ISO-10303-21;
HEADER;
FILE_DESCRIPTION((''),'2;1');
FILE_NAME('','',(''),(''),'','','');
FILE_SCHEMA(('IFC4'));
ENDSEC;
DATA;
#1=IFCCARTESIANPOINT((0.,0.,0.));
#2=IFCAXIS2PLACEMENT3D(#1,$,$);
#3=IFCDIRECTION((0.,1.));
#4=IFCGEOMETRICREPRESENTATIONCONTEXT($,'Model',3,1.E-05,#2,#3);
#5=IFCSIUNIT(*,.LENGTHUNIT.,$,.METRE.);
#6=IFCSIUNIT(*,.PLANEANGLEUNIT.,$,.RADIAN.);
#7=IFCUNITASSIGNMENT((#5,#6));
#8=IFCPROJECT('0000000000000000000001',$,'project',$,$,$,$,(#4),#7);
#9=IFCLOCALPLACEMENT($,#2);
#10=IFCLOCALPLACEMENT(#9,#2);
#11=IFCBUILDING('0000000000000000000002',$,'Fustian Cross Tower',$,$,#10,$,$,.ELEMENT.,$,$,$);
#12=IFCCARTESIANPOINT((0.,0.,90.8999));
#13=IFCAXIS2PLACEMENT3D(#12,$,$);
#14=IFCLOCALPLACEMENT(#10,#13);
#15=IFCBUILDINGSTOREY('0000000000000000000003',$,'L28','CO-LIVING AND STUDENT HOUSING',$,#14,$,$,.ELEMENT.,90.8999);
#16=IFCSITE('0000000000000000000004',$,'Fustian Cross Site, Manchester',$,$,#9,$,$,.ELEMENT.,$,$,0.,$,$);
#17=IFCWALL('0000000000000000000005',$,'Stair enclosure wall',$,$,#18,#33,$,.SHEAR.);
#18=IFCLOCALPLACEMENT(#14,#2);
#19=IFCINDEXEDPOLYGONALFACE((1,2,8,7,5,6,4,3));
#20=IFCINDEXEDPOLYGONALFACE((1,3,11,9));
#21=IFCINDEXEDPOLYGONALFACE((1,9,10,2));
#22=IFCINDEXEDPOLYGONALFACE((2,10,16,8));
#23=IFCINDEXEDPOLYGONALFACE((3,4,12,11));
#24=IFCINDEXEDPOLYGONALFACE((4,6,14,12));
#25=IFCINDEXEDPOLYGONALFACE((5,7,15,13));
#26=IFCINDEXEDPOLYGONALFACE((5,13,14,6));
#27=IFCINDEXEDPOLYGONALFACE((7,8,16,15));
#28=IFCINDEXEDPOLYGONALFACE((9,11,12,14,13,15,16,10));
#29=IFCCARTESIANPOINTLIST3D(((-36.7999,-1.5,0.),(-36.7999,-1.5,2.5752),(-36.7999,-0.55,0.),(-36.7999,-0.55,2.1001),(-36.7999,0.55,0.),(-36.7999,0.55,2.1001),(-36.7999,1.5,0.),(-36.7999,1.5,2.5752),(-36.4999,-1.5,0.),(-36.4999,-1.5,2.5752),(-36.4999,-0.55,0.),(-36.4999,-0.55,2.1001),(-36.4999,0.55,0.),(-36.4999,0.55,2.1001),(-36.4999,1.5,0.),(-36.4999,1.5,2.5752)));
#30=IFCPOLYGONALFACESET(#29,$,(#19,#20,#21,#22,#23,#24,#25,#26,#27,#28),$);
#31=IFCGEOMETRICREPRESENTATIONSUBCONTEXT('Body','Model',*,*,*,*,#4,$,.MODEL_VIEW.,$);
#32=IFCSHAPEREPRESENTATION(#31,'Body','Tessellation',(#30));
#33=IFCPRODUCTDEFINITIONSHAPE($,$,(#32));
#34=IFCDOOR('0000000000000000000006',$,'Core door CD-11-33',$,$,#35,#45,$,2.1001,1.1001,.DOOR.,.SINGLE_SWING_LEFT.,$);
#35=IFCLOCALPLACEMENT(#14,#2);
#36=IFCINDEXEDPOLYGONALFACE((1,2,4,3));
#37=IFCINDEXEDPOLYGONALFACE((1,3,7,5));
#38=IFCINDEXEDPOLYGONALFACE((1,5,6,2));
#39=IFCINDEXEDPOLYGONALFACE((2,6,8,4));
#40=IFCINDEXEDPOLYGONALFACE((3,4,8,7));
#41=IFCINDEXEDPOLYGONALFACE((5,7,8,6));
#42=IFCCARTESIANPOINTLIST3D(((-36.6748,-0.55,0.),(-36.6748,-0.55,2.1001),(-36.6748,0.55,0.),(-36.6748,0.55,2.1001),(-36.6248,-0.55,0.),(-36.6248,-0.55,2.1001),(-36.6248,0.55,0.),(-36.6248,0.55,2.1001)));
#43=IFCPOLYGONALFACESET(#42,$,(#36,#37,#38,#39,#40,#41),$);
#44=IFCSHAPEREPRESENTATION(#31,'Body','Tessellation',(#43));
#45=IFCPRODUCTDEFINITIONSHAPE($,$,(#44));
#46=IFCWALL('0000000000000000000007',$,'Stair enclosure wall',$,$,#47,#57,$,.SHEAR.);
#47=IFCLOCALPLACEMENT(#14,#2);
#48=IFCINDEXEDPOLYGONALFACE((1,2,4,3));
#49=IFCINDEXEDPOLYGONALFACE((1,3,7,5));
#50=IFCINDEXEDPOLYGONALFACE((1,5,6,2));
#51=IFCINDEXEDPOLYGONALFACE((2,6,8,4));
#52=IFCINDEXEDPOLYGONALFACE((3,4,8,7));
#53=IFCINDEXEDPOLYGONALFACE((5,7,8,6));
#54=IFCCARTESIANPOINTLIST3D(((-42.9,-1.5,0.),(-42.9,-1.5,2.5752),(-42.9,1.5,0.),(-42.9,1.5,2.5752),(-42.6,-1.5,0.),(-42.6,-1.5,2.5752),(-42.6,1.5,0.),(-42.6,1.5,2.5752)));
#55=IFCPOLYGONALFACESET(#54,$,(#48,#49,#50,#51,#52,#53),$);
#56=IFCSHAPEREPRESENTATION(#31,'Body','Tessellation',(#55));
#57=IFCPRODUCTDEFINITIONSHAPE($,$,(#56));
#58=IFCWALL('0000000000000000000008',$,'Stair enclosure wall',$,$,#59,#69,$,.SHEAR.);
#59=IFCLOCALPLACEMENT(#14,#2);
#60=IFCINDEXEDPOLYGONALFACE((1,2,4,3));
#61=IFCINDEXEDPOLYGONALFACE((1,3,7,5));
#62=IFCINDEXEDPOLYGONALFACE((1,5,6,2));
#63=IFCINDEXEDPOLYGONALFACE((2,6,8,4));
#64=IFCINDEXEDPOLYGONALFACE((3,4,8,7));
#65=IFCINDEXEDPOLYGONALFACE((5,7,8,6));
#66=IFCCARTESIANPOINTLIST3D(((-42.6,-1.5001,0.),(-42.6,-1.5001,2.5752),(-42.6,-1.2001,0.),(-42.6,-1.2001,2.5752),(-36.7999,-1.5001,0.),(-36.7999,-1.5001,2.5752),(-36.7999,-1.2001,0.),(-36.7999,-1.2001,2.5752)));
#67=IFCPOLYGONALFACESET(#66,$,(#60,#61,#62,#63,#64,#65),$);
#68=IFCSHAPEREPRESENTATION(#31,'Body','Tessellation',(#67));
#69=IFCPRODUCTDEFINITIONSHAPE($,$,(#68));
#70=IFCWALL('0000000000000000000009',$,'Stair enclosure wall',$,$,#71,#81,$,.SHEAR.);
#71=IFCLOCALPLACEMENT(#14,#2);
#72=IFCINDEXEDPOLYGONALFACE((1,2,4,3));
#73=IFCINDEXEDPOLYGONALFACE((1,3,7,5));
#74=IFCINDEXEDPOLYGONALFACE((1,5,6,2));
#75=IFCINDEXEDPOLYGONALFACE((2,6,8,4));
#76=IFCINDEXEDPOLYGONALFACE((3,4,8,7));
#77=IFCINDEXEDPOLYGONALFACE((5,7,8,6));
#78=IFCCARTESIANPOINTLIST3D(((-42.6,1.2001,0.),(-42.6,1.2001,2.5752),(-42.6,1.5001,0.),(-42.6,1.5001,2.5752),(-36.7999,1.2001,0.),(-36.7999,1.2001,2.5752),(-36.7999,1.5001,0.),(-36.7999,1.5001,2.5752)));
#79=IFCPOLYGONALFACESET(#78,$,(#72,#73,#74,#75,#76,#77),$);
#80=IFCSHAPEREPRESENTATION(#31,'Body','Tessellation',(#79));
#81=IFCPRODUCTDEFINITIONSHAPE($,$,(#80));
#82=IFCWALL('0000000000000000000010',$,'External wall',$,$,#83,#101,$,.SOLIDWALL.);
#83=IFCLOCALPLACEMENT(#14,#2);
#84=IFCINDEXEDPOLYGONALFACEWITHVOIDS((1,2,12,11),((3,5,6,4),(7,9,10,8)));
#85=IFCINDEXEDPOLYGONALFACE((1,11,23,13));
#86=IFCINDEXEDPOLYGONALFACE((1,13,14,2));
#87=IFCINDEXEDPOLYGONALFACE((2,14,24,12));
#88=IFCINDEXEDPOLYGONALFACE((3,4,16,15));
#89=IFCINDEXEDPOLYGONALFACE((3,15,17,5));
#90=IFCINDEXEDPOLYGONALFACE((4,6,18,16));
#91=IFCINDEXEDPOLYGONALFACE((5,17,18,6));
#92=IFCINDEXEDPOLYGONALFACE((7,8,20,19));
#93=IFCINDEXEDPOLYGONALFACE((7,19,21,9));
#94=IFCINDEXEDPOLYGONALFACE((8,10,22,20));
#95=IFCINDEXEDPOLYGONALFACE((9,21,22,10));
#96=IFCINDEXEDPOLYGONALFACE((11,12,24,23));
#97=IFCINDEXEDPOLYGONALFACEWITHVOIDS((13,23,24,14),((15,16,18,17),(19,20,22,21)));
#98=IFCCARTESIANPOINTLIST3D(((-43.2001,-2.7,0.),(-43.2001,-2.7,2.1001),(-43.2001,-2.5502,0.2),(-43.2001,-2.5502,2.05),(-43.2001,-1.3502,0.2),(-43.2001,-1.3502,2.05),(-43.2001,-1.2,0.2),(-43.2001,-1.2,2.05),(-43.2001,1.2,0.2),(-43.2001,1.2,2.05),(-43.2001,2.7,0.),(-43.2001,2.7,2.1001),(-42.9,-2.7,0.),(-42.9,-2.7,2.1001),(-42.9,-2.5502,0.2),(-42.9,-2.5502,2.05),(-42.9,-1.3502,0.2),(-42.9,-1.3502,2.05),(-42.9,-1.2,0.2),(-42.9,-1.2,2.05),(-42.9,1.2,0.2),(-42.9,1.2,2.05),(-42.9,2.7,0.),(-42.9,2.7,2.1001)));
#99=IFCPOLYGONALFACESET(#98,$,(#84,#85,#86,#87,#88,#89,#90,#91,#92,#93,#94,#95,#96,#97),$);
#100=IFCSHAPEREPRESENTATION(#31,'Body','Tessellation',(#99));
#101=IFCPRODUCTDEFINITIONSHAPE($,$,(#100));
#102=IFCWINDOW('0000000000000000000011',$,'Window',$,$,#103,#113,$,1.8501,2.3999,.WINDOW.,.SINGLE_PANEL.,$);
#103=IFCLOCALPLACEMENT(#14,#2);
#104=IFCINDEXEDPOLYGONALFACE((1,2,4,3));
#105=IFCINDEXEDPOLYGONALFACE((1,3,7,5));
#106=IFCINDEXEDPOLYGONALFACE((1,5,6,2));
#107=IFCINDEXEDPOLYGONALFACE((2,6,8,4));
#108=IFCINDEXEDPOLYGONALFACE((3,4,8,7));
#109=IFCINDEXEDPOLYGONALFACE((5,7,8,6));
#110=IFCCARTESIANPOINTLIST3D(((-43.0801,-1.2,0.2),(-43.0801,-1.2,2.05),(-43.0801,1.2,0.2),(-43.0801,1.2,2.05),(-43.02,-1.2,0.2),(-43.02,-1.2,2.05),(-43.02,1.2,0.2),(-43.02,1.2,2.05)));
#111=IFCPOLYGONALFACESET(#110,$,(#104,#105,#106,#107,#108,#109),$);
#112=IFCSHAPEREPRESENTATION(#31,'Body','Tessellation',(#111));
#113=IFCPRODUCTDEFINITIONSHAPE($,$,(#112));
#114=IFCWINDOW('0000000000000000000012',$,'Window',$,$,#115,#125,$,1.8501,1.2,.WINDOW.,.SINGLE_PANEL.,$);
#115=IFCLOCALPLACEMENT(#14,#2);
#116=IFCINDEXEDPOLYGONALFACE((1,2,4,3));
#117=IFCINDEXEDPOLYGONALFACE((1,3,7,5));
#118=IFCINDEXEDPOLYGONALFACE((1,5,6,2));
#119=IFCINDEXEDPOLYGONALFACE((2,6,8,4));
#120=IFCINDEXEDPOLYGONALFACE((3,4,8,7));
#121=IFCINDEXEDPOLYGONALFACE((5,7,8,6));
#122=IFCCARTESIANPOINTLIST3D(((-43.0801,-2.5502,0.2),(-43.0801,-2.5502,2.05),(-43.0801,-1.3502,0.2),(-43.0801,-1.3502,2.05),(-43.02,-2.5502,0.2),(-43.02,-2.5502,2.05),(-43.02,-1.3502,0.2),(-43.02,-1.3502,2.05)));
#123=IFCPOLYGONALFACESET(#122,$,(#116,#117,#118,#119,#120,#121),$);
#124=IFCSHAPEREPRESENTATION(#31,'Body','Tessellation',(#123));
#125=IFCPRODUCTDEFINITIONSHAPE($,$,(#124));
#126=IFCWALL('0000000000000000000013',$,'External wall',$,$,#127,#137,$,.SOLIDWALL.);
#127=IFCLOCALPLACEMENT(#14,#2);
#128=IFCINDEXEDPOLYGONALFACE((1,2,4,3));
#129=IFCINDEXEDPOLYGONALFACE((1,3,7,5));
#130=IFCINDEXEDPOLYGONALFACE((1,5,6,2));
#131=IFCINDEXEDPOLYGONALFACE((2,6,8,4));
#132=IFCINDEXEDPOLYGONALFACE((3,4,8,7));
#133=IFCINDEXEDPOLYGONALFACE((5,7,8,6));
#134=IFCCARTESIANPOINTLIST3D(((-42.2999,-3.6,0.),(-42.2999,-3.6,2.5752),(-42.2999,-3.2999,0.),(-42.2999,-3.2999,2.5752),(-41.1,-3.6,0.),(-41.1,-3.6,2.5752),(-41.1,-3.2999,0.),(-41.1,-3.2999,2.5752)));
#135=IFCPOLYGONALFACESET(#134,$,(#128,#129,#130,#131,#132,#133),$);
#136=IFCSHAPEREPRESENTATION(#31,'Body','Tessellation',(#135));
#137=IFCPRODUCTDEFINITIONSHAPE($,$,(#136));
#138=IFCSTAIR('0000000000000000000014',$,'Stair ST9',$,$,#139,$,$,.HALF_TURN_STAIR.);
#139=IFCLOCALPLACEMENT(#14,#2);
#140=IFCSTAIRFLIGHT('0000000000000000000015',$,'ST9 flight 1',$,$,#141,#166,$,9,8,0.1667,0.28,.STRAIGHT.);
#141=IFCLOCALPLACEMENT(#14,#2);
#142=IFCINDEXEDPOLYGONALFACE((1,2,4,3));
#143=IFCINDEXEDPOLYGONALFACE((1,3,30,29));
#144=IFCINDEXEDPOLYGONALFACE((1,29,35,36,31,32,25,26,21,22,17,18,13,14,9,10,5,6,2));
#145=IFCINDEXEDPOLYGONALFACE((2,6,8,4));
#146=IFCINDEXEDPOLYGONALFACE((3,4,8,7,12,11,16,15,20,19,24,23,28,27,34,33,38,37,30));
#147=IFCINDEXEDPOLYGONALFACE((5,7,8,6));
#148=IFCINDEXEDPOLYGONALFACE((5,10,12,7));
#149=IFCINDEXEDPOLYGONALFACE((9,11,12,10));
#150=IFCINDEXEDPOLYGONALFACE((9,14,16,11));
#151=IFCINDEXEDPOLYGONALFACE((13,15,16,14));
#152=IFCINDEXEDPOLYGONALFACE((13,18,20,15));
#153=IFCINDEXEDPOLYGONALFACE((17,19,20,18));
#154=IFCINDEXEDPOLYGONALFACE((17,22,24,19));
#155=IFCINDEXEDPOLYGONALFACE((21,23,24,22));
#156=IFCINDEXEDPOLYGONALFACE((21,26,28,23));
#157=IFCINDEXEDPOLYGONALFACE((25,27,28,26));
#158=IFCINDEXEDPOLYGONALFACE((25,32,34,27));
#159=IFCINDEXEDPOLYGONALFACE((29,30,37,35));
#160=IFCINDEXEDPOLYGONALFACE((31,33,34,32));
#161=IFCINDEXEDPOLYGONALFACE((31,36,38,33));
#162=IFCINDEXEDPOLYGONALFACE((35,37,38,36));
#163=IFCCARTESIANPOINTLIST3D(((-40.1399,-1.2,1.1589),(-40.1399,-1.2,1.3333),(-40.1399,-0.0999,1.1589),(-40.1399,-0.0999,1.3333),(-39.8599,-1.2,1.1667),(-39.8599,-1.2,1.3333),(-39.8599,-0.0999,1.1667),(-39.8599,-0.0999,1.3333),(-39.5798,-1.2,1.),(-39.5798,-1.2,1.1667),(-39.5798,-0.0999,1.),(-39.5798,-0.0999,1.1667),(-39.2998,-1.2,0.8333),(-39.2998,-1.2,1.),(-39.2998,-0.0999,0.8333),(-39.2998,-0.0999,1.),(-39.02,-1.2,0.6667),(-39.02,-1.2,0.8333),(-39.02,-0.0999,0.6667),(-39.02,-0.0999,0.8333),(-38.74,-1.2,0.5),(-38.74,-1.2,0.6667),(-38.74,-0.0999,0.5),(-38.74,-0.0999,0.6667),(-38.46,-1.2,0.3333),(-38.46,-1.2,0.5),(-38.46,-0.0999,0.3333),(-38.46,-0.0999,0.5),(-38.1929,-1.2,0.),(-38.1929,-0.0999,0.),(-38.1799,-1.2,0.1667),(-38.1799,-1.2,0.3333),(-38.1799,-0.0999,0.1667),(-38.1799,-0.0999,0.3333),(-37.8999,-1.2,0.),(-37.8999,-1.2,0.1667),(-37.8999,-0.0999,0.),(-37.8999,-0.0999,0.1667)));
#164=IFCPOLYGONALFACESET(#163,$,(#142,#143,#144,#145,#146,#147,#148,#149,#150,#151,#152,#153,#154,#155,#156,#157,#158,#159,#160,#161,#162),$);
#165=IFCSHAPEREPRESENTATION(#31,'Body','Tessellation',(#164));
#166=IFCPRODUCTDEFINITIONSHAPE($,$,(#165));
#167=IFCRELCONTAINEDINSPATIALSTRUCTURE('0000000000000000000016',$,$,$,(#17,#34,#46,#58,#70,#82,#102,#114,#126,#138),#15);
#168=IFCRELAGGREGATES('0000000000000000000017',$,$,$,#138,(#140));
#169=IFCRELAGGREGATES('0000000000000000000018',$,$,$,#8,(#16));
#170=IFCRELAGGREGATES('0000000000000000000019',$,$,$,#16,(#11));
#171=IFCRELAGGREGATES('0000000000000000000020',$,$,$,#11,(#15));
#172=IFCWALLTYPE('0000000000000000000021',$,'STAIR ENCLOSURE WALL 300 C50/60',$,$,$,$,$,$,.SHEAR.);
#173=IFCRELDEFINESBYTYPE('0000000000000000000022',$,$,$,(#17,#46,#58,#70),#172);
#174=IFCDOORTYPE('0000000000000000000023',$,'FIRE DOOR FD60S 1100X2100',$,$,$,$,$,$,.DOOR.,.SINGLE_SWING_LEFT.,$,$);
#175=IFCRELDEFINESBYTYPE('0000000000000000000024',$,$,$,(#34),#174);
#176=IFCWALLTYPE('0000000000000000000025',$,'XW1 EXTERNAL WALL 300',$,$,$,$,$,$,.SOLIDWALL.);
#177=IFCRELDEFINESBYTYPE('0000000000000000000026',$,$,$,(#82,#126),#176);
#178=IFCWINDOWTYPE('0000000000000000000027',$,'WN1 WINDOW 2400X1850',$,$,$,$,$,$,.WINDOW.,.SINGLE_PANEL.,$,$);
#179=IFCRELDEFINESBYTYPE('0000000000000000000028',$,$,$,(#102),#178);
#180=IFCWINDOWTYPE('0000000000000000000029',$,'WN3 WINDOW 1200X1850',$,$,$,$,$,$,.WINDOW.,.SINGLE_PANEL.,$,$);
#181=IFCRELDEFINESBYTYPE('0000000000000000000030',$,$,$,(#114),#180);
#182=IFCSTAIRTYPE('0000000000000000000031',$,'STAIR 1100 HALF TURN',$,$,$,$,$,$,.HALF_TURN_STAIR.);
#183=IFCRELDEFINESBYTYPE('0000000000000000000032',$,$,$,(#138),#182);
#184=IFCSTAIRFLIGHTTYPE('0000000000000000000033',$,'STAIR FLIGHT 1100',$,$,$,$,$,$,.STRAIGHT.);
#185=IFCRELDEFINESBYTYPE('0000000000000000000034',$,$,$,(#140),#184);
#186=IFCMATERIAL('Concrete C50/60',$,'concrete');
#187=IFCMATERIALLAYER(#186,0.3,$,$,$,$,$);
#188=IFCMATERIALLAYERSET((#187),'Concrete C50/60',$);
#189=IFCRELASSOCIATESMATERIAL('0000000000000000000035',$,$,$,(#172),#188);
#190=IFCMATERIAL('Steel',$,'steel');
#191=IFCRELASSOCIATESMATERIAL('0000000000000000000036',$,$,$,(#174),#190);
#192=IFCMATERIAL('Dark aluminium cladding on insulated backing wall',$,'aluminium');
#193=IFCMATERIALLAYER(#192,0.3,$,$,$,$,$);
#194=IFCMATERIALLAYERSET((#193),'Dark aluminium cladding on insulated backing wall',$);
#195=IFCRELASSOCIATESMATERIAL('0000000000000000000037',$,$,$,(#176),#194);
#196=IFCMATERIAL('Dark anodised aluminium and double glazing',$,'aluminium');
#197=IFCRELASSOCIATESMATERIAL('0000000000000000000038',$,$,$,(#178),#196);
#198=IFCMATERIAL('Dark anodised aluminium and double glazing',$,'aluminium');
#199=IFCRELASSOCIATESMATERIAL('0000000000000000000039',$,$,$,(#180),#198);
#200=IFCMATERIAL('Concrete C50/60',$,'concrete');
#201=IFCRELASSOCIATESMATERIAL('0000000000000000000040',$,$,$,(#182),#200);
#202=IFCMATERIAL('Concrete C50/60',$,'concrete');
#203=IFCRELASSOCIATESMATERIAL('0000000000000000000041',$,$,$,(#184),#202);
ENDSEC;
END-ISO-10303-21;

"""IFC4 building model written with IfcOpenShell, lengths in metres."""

from ifc_helpers import new_model, si_unit, direction, frame, frame_2d, origin, place, context, subcontext, project, spatial, polyline, rectangle, outline, extrude, material, layer, layer_set, type_object, element, fill, aggregate, save


model = new_model("IFC4")

# Units and contexts
model_context = context("Model", 3, precision=1e-05, world=origin(), true_north=direction((0.0, 1.0)))
body_context = subcontext(model_context, "Body", "Model", "MODEL_VIEW")
ifc_project = project(units=[si_unit("LENGTHUNIT", "METRE"), si_unit("PLANEANGLEUNIT", "RADIAN")], contexts=[model_context])

# Site, building, storey
site_placement = place(None, origin())
site = spatial("IfcSite", under=ifc_project, at=site_placement, Name="Fustian Cross Site, Manchester", CompositionType="ELEMENT", RefElevation=0.0)
building_placement = place(site_placement, origin())
building = spatial("IfcBuilding", under=site, at=building_placement, Name="Fustian Cross Tower", CompositionType="ELEMENT")
storey_placement = place(building_placement, frame((0.0, 0.0, 90.8999)))
storey = spatial("IfcBuildingStorey", under=building, at=storey_placement, Name="L28", Description="CO-LIVING AND STUDENT HOUSING", CompositionType="ELEMENT", Elevation=90.8999)

# Wall, opening, door
ifc_material_1 = material(Name="Concrete C50/60", Category="concrete")
ifc_layer_1 = layer(ifc_material_1, 0.3)
ifc_layer_set_1 = layer_set([ifc_layer_1], Name="Concrete C50/60")
wall_type_1 = type_object("IfcWallType", Name="STAIR ENCLOSURE WALL 300 C50/60", PredefinedType="SHEAR", material=ifc_layer_set_1)
wall_1_placement = place(storey_placement, frame((-36.6499, -1.5, 0.0), z_axis=(0.0, 0.0, 1.0), x_axis=(0.0, 1.0, 0.0)))
wall_1 = element("IfcWall", 1, at=wall_1_placement, inside=storey, type_object=wall_type_1, Name="Stair enclosure wall", PredefinedType="SHEAR", context=body_context, shape_type="SweptSolid", body=[
    extrude(rectangle(XDim=3.0, YDim=0.3, at=frame_2d((1.5, 0.0))), origin(), (0.0, 0.0, 1.0), 2.5752),
])
opening_1_placement = place(wall_1_placement, frame((0.95, 0.0, 0.0)))
opening_1 = element("IfcOpeningElement", 2, at=opening_1_placement, cuts=wall_1, PredefinedType="OPENING", context=body_context, shape_type="SweptSolid", body=[
    extrude(rectangle(XDim=1.1001, YDim=2.1001, at=frame_2d((0.55, 1.05))), frame((0.0, 0.1599, 0.0), z_axis=(0.0, -1.0, 0.0), x_axis=(1.0, 0.0, 0.0)), (0.0, 0.0, 1.0), 0.3201),
])
ifc_material_2 = material(Name="Steel", Category="steel")
door_type_1 = type_object("IfcDoorType", Name="FIRE DOOR FD60S 1100X2100", OperationType="SINGLE_SWING_LEFT", PredefinedType="DOOR", material=ifc_material_2)
door_1_placement = place(opening_1_placement, origin())
door_1 = element("IfcDoor", 3, at=door_1_placement, inside=storey, type_object=door_type_1, Name="Core door CD-11-33", OperationType="SINGLE_SWING_LEFT", OverallHeight=2.1001, OverallWidth=1.1001, PredefinedType="DOOR", context=body_context, shape_type="SweptSolid", body=[
    extrude(rectangle(XDim=1.1001, YDim=2.1001, at=frame_2d((0.55, 1.05))), frame((0.0, 0.0249, 0.0), z_axis=(0.0, -1.0, 0.0), x_axis=(1.0, 0.0, 0.0)), (0.0, 0.0, 1.0), 0.05),
])
fill(opening_1, door_1)

# Walls
wall_2_placement = place(storey_placement, frame((-42.75, -1.5, 0.0), z_axis=(0.0, 0.0, 1.0), x_axis=(0.0, 1.0, 0.0)))
element("IfcWall", 4, at=wall_2_placement, inside=storey, type_object=wall_type_1, Name="Stair enclosure wall", PredefinedType="SHEAR", context=body_context, shape_type="SweptSolid", body=[
    extrude(rectangle(XDim=3.0, YDim=0.3, at=frame_2d((1.5, 0.0))), origin(), (0.0, 0.0, 1.0), 2.5752),
])
for number, where, z_axis, x_axis, name in (
    (5, (-36.8, -1.3501, 0.0), (0.0, 0.0, 1.0), (-1.0, 0.0, 0.0), "Stair enclosure wall"),
    (6, (-36.8, 1.3501, 0.0), (0.0, 0.0, 1.0), (-1.0, 0.0, 0.0), "Stair enclosure wall"),
):
    element("IfcWall", number, at=place(storey_placement, frame(where, z_axis=z_axis, x_axis=x_axis)), inside=storey, type_object=wall_type_1, Name=name, PredefinedType="SHEAR", context=body_context, shape_type="SweptSolid", body=[
        extrude(rectangle(XDim=5.8, YDim=0.3, at=frame_2d((2.8999, 0.0))), origin(), (0.0, 0.0, 1.0), 2.5752),
    ])

# Wall, openings, windows
ifc_material_3 = material(Name="Dark aluminium cladding on insulated backing wall", Category="aluminium")
ifc_layer_2 = layer(ifc_material_3, 0.3)
ifc_layer_set_2 = layer_set([ifc_layer_2], Name="Dark aluminium cladding on insulated backing wall")
wall_type_2 = type_object("IfcWallType", Name="XW1 EXTERNAL WALL 300", PredefinedType="SOLIDWALL", material=ifc_layer_set_2)
wall_3_placement = place(storey_placement, frame((-43.05, 2.7, 0.0), z_axis=(0.0, 0.0, 1.0), x_axis=(0.0, -1.0, 0.0)))
wall_3 = element("IfcWall", 7, at=wall_3_placement, inside=storey, type_object=wall_type_2, Name="External wall", PredefinedType="SOLIDWALL", context=body_context, shape_type="SweptSolid", body=[
    extrude(rectangle(XDim=5.3999, YDim=0.3, at=frame_2d((2.7, 0.0))), origin(), (0.0, 0.0, 1.0), 2.1001),
])
opening_2_placement = place(wall_3_placement, frame((1.5, 0.0, 0.2)))
opening_2 = element("IfcOpeningElement", 8, at=opening_2_placement, cuts=wall_3, PredefinedType="OPENING", context=body_context, shape_type="SweptSolid", body=[
    extrude(rectangle(XDim=2.3999, YDim=1.8501, at=frame_2d((1.2, 0.925))), frame((0.0, 0.1599, 0.0), z_axis=(0.0, -1.0, 0.0), x_axis=(1.0, 0.0, 0.0)), (0.0, 0.0, 1.0), 0.3201),
])
opening_3_placement = place(wall_3_placement, frame((4.05, 0.0, 0.2)))
opening_3 = element("IfcOpeningElement", 9, at=opening_3_placement, cuts=wall_3, PredefinedType="OPENING", context=body_context, shape_type="SweptSolid", body=[
    extrude(rectangle(XDim=1.2, YDim=1.8501, at=frame_2d((0.6001, 0.925))), frame((0.0, 0.1599, 0.0), z_axis=(0.0, -1.0, 0.0), x_axis=(1.0, 0.0, 0.0)), (0.0, 0.0, 1.0), 0.3201),
])
ifc_material_4 = material(Name="Dark anodised aluminium and double glazing", Category="aluminium")
window_type_1 = type_object("IfcWindowType", Name="WN1 WINDOW 2400X1850", PartitioningType="SINGLE_PANEL", PredefinedType="WINDOW", material=ifc_material_4)
window_1_placement = place(opening_2_placement, origin())
window_1 = element("IfcWindow", 10, at=window_1_placement, inside=storey, type_object=window_type_1, Name="Window", OverallHeight=1.8501, OverallWidth=2.3999, PartitioningType="SINGLE_PANEL", PredefinedType="WINDOW", context=body_context, shape_type="SweptSolid", body=[
    extrude(rectangle(XDim=2.3999, YDim=1.8501, at=frame_2d((1.2, 0.925))), frame((0.0, 0.03, 0.0), z_axis=(0.0, -1.0, 0.0), x_axis=(1.0, 0.0, 0.0)), (0.0, 0.0, 1.0), 0.0601),
])
fill(opening_2, window_1)
ifc_material_5 = material(Name="Dark anodised aluminium and double glazing", Category="aluminium")
window_type_2 = type_object("IfcWindowType", Name="WN3 WINDOW 1200X1850", PartitioningType="SINGLE_PANEL", PredefinedType="WINDOW", material=ifc_material_5)
window_2_placement = place(opening_3_placement, origin())
window_2 = element("IfcWindow", 11, at=window_2_placement, inside=storey, type_object=window_type_2, Name="Window", OverallHeight=1.8501, OverallWidth=1.2, PartitioningType="SINGLE_PANEL", PredefinedType="WINDOW", context=body_context, shape_type="SweptSolid", body=[
    extrude(rectangle(XDim=1.2, YDim=1.8501, at=frame_2d((0.6001, 0.925))), frame((0.0, 0.03, 0.0), z_axis=(0.0, -1.0, 0.0), x_axis=(1.0, 0.0, 0.0)), (0.0, 0.0, 1.0), 0.0601),
])
fill(opening_3, window_2)

# Wall
wall_4_placement = place(storey_placement, frame((-42.3, -3.45, 0.0), z_axis=(0.0, 0.0, 1.0), x_axis=(1.0, 0.0, 0.0)))
element("IfcWall", 12, at=wall_4_placement, inside=storey, type_object=wall_type_2, Name="External wall", PredefinedType="SOLIDWALL", context=body_context, shape_type="SweptSolid", body=[
    extrude(rectangle(XDim=1.2, YDim=0.3, at=frame_2d((0.6001, 0.0))), origin(), (0.0, 0.0, 1.0), 2.5752),
])

# Stair, stair flight
ifc_material_6 = material(Name="Concrete C50/60", Category="concrete")
stair_type = type_object("IfcStairType", Name="STAIR 1100 HALF TURN", PredefinedType="HALF_TURN_STAIR", material=ifc_material_6)
stair_placement = place(storey_placement, origin())
stair = element("IfcStair", 13, at=stair_placement, inside=storey, type_object=stair_type, Name="Stair ST9", PredefinedType="HALF_TURN_STAIR")
ifc_material_7 = material(Name="Concrete C50/60", Category="concrete")
stair_flight_type = type_object("IfcStairFlightType", Name="STAIR FLIGHT 1100", PredefinedType="STRAIGHT", material=ifc_material_7)
stair_flight_1_placement = place(storey_placement, frame((-37.8999, -0.6499, 0.0), z_axis=(0.0, 0.0, 1.0), x_axis=(-1.0, 0.0, 0.0)))
stair_flight_1 = element("IfcStairFlight", 14, at=stair_flight_1_placement, type_object=stair_flight_type, Name="ST9 flight 1", NumberOfRisers=9, NumberOfTreads=8, PredefinedType="STRAIGHT", RiserHeight=0.1667, TreadLength=0.28, context=body_context, shape_type="SweptSolid", body=[
    extrude(outline(polyline([(0.0, 0.0), (0.0, 0.1667), (0.28, 0.1667), (0.28, 0.3333), (0.5601, 0.3333), (0.5601, 0.5), (0.8401, 0.5), (0.8401, 0.6667), (1.1201, 0.6667), (1.1201, 0.8333), (1.3999, 0.8333), (1.3999, 1.0), (1.6799, 1.0), (1.6799, 1.1667), (1.96, 1.1667), (1.96, 1.3333), (2.24, 1.3333), (2.24, 1.5), (2.24, 1.1589), (0.293, 0.0), (0.0, 0.0)])), frame((0.0, 0.55, 0.0), z_axis=(0.0, -1.0, 0.0), x_axis=(1.0, 0.0, 0.0)), (0.0, 0.0, 1.0), 1.1001),
])
aggregate(stair, [stair_flight_1])

save(model, "model.ifc")
